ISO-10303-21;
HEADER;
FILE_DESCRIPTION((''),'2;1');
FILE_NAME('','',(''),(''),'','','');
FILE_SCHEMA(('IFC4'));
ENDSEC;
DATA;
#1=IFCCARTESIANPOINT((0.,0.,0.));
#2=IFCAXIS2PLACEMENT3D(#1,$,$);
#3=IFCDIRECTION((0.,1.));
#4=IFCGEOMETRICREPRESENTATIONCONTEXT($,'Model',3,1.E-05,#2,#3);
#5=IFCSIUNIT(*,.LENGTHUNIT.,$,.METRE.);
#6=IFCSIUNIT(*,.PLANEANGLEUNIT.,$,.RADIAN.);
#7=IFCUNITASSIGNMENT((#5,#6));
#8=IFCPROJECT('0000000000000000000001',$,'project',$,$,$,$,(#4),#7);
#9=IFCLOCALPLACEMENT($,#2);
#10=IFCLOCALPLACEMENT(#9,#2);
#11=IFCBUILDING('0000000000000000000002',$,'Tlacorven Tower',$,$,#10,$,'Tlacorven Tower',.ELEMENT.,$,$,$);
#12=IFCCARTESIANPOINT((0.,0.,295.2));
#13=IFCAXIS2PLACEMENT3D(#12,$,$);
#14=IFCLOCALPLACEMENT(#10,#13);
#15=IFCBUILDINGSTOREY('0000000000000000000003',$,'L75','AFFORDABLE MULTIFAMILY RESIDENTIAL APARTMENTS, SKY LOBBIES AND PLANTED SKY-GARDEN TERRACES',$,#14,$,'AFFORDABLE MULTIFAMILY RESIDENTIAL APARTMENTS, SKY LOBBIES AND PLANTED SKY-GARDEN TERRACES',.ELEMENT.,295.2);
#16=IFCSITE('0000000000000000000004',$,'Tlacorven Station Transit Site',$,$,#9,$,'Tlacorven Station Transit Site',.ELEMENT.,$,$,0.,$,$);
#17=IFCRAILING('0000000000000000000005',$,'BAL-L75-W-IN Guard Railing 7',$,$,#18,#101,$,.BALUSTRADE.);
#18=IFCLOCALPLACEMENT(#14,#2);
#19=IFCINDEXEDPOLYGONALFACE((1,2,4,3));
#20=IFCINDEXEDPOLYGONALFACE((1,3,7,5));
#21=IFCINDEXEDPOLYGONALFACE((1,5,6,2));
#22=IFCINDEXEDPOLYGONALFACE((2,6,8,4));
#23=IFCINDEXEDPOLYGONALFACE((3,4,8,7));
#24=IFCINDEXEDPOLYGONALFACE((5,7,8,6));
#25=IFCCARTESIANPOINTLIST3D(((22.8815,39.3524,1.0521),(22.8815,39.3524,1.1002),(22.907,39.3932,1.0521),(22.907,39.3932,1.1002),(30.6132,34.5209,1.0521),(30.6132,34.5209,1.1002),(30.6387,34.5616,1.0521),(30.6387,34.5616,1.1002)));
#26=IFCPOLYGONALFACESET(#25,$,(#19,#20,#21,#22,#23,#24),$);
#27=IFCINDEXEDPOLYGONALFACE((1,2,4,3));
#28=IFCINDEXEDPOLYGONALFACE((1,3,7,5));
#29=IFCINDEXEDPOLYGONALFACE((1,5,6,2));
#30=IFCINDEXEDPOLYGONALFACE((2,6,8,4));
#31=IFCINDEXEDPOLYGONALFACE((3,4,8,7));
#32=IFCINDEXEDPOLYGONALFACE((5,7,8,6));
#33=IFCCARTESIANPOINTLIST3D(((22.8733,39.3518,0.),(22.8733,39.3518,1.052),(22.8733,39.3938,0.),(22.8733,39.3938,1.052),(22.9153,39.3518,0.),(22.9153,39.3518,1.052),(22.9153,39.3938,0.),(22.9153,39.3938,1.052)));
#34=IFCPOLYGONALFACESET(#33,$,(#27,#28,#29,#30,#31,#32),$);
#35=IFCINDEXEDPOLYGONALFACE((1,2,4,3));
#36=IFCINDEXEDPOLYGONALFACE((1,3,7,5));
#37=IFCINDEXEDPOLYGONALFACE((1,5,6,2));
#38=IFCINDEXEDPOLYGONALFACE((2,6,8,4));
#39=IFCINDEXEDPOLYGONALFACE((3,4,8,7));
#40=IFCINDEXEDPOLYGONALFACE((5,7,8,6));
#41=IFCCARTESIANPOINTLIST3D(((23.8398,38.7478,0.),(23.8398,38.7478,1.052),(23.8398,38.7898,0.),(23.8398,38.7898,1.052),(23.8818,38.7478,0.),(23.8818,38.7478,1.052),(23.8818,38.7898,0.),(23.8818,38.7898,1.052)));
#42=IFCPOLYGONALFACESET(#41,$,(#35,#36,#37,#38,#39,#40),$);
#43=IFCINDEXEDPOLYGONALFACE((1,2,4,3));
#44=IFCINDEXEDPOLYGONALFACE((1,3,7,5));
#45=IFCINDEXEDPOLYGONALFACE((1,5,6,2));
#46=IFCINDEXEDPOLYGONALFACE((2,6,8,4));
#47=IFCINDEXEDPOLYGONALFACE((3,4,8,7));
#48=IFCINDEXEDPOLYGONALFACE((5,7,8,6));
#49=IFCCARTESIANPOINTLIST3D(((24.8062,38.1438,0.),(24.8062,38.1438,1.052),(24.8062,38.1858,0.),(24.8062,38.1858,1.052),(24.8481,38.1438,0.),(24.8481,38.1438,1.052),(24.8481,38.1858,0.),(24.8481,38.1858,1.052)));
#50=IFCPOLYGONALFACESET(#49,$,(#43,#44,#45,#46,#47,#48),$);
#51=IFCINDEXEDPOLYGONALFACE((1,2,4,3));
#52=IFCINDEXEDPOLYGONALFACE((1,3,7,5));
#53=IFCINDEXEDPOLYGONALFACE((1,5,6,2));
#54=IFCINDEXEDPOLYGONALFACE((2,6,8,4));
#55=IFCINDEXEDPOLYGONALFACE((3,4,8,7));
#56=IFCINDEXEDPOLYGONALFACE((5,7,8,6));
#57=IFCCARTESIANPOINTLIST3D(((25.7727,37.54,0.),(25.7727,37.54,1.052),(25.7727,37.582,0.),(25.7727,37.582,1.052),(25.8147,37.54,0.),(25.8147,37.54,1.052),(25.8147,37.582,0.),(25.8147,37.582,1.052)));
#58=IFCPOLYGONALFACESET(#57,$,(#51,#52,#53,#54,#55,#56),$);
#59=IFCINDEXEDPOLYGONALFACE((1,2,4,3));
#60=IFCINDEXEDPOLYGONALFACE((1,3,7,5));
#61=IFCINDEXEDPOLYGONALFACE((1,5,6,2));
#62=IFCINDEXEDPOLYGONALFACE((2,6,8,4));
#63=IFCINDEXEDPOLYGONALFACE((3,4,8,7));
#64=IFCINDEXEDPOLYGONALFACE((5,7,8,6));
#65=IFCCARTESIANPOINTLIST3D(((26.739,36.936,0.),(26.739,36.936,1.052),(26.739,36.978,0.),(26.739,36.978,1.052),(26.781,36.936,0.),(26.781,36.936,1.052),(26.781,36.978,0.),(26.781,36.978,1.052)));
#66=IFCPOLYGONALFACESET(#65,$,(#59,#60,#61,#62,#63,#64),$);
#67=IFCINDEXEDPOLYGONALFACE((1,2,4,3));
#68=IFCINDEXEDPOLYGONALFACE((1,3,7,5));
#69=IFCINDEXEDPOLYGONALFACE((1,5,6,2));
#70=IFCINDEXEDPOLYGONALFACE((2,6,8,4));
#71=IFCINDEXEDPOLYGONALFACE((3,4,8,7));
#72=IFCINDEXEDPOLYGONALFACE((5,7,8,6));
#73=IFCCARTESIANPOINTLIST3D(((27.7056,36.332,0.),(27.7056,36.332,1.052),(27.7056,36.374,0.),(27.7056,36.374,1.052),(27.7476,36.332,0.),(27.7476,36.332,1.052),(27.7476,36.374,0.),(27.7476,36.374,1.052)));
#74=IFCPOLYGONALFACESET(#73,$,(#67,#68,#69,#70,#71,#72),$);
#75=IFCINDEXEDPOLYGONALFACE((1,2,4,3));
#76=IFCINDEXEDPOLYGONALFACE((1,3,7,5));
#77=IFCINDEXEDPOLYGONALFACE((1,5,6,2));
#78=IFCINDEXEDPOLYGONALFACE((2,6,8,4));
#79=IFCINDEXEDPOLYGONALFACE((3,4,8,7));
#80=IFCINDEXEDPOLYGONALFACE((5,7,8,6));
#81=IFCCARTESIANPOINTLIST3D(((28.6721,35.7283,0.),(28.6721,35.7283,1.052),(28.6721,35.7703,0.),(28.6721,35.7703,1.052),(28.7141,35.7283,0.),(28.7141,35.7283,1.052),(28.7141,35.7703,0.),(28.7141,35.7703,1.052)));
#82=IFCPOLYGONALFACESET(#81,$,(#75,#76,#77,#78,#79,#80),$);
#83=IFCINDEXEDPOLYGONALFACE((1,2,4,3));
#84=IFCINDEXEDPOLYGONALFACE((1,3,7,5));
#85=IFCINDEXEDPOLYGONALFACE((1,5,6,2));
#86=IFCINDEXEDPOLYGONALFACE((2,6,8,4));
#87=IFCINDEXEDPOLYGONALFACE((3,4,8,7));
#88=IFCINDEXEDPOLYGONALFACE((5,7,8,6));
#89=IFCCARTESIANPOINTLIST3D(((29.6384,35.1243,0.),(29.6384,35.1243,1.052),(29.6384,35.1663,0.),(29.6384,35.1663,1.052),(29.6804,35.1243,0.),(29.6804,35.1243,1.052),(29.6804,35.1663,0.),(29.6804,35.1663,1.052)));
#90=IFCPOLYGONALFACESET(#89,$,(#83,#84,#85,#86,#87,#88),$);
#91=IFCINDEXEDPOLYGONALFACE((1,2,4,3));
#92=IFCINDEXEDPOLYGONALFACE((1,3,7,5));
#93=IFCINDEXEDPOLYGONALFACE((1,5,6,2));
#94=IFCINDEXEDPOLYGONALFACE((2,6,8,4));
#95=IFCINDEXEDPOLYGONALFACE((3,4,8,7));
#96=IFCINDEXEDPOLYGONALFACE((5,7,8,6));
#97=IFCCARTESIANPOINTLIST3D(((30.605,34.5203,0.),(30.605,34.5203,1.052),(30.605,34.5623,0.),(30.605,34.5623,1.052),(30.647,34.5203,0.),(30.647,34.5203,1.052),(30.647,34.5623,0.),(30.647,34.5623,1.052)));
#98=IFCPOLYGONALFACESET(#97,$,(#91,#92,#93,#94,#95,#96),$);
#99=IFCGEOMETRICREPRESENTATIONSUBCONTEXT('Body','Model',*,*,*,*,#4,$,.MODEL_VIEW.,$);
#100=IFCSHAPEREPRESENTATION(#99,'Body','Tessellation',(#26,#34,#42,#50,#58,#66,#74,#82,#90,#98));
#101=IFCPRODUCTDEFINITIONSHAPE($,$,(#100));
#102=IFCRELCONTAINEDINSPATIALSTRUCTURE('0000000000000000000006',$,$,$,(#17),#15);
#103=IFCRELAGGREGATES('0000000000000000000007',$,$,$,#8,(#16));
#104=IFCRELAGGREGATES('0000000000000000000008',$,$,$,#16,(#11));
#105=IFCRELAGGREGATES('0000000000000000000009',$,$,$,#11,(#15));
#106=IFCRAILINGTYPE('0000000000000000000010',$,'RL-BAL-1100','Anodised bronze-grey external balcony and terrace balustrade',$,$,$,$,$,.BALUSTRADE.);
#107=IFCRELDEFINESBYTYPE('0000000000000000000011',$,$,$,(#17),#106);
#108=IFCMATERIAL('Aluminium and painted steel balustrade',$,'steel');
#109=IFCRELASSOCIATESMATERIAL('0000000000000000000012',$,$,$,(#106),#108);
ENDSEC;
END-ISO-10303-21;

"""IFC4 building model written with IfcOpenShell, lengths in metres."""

from ifc_helpers import new_model, si_unit, direction, frame, origin, origin_2d, place, context, subcontext, project, spatial, rectangle, extrude, source, transform, mapped, material, type_object, element, save


model = new_model("IFC4")

# Units and contexts
model_context = context("Model", 3, precision=1e-05, world=origin(), true_north=direction((0.0, 1.0)))
body_context = subcontext(model_context, "Body", "Model", "MODEL_VIEW")
ifc_project = project(units=[si_unit("LENGTHUNIT", "METRE"), si_unit("PLANEANGLEUNIT", "RADIAN")], contexts=[model_context])

# Site, building, storey
site_placement = place(None, origin())
site = spatial("IfcSite", under=ifc_project, at=site_placement, Name="Tlacorven Station Transit Site", LongName="Tlacorven Station Transit Site", CompositionType="ELEMENT", RefElevation=0.0)
building_placement = place(site_placement, origin())
building = spatial("IfcBuilding", under=site, at=building_placement, Name="Tlacorven Tower", LongName="Tlacorven Tower", CompositionType="ELEMENT")
storey_placement = place(building_placement, frame((0.0, 0.0, 295.2)))
storey = spatial("IfcBuildingStorey", under=building, at=storey_placement, Name="L75", Description="AFFORDABLE MULTIFAMILY RESIDENTIAL APARTMENTS, SKY LOBBIES AND PLANTED SKY-GARDEN TERRACES", LongName="AFFORDABLE MULTIFAMILY RESIDENTIAL APARTMENTS, SKY LOBBIES AND PLANTED SKY-GARDEN TERRACES", CompositionType="ELEMENT", Elevation=295.2)

# Railing
ifc_material_1 = material(Name="Aluminium and painted steel balustrade", Category="steel")
railing_type = type_object("IfcRailingType", Name="RL-BAL-1100", Description="Anodised bronze-grey external balcony and terrace balustrade", PredefinedType="BALUSTRADE", material=ifc_material_1)
shared_shape_1 = source(origin(), body_context, "Body", "SweptSolid", [
    extrude(rectangle(XDim=0.0481, YDim=0.0481, at=origin_2d()), frame((0.0, 0.0, 1.0762), z_axis=(0.848036, -0.529939, 0.0), x_axis=(0.529939, 0.848036, 0.0)), (0.0, 0.0, 1.0), 9.1172),
    extrude(rectangle(XDim=0.042, YDim=0.042, at=origin_2d()), origin(), (0.0, 0.0, 1.0), 1.052),
    extrude(rectangle(XDim=0.042, YDim=0.042, at=origin_2d()), frame((0.9666, -0.604, 0.0)), (0.0, 0.0, 1.0), 1.052),
    extrude(rectangle(XDim=0.042, YDim=0.042, at=origin_2d()), frame((1.9329, -1.208, 0.0)), (0.0, 0.0, 1.0), 1.052),
    extrude(rectangle(XDim=0.042, YDim=0.042, at=origin_2d()), frame((2.8994, -1.8118, 0.0)), (0.0, 0.0, 1.0), 1.052),
    extrude(rectangle(XDim=0.042, YDim=0.042, at=origin_2d()), frame((3.8657, -2.4158, 0.0)), (0.0, 0.0, 1.0), 1.052),
    extrude(rectangle(XDim=0.042, YDim=0.042, at=origin_2d()), frame((4.8323, -3.0198, 0.0)), (0.0, 0.0, 1.0), 1.052),
    extrude(rectangle(XDim=0.042, YDim=0.042, at=origin_2d()), frame((5.7988, -3.6235, 0.0)), (0.0, 0.0, 1.0), 1.052),
    extrude(rectangle(XDim=0.042, YDim=0.042, at=origin_2d()), frame((6.7651, -4.2275, 0.0)), (0.0, 0.0, 1.0), 1.052),
    extrude(rectangle(XDim=0.042, YDim=0.042, at=origin_2d()), frame((7.7317, -4.8315, 0.0)), (0.0, 0.0, 1.0), 1.052),
])
railing_1_placement = place(storey_placement, frame((22.8943, 39.3728, 0.0)))
element("IfcRailing", 1, at=railing_1_placement, inside=storey, type_object=railing_type, Name="BAL-L75-W-IN Guard Railing 7", PredefinedType="BALUSTRADE", context=body_context, shape_type="MappedRepresentation", body=[
    mapped(shared_shape_1, transform((0.0, 0.0, 0.0), scale=1.0)),
])

save(model, "model.ifc")
